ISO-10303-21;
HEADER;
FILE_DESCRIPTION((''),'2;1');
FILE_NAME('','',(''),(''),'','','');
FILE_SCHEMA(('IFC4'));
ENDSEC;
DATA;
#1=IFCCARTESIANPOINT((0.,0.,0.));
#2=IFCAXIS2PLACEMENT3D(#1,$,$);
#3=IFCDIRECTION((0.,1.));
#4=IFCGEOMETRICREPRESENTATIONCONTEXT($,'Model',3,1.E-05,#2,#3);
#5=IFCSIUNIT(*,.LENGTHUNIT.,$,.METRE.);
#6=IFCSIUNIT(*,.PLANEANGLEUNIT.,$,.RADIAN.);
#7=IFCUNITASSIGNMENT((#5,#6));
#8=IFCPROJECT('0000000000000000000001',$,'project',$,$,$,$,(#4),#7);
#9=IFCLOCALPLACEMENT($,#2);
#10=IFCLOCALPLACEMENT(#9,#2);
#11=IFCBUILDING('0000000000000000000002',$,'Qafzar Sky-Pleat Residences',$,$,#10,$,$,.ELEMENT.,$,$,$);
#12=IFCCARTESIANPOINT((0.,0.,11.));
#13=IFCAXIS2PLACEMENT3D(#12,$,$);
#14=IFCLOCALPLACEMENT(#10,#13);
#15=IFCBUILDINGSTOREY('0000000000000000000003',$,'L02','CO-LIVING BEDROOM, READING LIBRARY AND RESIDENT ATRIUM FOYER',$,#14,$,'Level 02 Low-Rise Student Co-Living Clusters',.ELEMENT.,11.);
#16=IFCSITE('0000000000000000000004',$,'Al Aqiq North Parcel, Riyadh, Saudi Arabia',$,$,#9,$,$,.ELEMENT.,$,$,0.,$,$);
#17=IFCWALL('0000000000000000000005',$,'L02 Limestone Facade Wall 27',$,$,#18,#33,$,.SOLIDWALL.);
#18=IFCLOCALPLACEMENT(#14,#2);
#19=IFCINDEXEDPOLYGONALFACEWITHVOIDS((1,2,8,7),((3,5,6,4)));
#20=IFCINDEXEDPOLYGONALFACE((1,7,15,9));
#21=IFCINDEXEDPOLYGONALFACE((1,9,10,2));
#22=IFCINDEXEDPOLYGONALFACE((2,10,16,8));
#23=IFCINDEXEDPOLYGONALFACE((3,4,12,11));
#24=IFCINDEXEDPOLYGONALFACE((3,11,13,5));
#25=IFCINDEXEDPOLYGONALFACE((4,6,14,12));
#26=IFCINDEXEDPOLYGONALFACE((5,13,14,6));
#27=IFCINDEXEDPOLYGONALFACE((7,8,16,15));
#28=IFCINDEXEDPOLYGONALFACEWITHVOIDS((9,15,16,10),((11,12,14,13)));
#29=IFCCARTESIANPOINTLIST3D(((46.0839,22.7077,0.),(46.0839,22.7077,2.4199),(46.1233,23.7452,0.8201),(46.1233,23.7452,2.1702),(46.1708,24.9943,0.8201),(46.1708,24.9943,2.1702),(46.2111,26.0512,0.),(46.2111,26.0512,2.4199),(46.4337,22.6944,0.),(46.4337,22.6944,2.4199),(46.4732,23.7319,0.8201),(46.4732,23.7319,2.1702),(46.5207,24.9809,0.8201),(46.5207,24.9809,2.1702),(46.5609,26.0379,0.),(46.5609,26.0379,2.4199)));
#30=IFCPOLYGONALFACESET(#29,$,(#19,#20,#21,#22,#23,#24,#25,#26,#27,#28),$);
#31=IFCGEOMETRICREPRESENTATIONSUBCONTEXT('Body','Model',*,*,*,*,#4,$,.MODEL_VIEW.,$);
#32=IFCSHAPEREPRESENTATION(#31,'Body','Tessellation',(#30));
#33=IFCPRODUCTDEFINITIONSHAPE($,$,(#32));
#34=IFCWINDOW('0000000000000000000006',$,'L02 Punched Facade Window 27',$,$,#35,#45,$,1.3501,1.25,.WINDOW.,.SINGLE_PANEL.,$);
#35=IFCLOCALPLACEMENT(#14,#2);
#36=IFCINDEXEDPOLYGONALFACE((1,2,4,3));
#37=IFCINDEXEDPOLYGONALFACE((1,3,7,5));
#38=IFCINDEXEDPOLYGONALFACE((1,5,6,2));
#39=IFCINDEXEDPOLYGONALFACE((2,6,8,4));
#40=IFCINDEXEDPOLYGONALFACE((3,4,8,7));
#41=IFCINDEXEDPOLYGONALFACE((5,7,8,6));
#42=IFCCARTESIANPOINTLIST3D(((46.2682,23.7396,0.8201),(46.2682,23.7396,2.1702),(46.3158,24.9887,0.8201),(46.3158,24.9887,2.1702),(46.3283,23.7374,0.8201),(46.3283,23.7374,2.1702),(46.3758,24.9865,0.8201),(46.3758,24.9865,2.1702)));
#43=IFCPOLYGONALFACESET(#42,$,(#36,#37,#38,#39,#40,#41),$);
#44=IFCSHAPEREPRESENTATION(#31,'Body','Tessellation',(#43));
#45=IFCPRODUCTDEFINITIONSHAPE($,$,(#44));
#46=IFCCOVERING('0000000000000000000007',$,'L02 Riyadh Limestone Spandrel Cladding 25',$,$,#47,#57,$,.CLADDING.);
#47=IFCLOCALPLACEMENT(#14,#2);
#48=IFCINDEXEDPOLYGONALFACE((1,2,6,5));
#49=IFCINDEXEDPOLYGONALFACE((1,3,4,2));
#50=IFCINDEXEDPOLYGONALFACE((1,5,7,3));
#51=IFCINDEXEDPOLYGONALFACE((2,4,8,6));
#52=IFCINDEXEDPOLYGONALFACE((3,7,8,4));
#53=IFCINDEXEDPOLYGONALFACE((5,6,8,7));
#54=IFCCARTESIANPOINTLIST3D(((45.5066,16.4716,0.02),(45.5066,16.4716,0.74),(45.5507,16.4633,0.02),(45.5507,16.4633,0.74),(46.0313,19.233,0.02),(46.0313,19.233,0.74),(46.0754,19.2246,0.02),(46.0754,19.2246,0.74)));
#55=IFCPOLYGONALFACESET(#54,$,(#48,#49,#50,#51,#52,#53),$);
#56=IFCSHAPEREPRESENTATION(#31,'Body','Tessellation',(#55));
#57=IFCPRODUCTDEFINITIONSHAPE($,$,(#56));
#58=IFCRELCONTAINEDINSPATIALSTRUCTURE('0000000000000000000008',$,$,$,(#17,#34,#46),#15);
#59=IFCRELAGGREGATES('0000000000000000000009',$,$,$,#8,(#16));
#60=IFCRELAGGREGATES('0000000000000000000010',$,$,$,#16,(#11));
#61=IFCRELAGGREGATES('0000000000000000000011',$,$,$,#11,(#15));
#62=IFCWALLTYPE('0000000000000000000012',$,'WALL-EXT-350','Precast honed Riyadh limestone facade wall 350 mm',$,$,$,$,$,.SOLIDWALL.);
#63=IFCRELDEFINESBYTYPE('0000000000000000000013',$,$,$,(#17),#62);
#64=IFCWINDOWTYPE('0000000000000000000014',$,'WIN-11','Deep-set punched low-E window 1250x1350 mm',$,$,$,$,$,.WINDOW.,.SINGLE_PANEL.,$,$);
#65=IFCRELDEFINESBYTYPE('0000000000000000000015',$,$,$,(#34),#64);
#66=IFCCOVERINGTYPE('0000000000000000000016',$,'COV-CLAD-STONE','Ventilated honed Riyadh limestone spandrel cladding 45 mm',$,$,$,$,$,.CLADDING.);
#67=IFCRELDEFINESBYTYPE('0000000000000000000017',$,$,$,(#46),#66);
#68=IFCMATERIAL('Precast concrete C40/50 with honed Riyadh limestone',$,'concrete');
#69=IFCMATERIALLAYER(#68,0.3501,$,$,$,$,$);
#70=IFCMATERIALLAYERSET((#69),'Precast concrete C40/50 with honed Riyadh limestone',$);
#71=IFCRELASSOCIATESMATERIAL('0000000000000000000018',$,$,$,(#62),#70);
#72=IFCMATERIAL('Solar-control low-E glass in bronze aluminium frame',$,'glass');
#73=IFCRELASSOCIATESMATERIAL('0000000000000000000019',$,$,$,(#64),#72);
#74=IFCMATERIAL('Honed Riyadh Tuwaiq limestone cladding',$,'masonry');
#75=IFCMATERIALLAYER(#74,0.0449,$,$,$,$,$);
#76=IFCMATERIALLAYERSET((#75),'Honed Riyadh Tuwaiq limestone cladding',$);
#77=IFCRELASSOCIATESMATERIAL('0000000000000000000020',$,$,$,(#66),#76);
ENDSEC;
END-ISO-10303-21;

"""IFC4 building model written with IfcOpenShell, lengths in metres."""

from ifc_helpers import new_model, si_unit, direction, frame, frame_2d, origin, origin_2d, place, context, subcontext, project, spatial, rectangle, extrude, source, transform, mapped, material, layer, layer_set, type_object, element, fill, save


model = new_model("IFC4")

# Units and contexts
model_context = context("Model", 3, precision=1e-05, world=origin(), true_north=direction((0.0, 1.0)))
body_context = subcontext(model_context, "Body", "Model", "MODEL_VIEW")
ifc_project = project(units=[si_unit("LENGTHUNIT", "METRE"), si_unit("PLANEANGLEUNIT", "RADIAN")], contexts=[model_context])

# Site, building, storey
site_placement = place(None, origin())
site = spatial("IfcSite", under=ifc_project, at=site_placement, Name="Al Aqiq North Parcel, Riyadh, Saudi Arabia", CompositionType="ELEMENT", RefElevation=0.0)
building_placement = place(site_placement, origin())
building = spatial("IfcBuilding", under=site, at=building_placement, Name="Qafzar Sky-Pleat Residences", CompositionType="ELEMENT")
storey_placement = place(building_placement, frame((0.0, 0.0, 11.0)))
storey = spatial("IfcBuildingStorey", under=building, at=storey_placement, Name="L02", Description="CO-LIVING BEDROOM, READING LIBRARY AND RESIDENT ATRIUM FOYER", LongName="Level 02 Low-Rise Student Co-Living Clusters", CompositionType="ELEMENT", Elevation=11.0)

# Shared definitions
ifc_material_1 = material(Name="Precast concrete C40/50 with honed Riyadh limestone", Category="concrete")
ifc_layer_1 = layer(ifc_material_1, 0.3501)
ifc_layer_set_1 = layer_set([ifc_layer_1], Name="Precast concrete C40/50 with honed Riyadh limestone")
wall_type_1 = type_object("IfcWallType", Name="WALL-EXT-350", Description="Precast honed Riyadh limestone facade wall 350 mm", PredefinedType="SOLIDWALL", material=ifc_layer_set_1)
ifc_material_2 = material(Name="Solar-control low-E glass in bronze aluminium frame", Category="glass")

# Wall, opening, window
wall_1_placement = place(storey_placement, frame((46.2588, 22.7012, 0.0), z_axis=(0.0, 0.0, 1.0), x_axis=(0.038016, 0.999277, 0.0)))
wall_1 = element("IfcWall", 1, at=wall_1_placement, inside=storey, type_object=wall_type_1, Name="L02 Limestone Facade Wall 27", PredefinedType="SOLIDWALL", context=body_context, shape_type="SweptSolid", body=[
    extrude(rectangle(XDim=3.3459, YDim=0.3501, at=frame_2d((1.6729, 0.0))), origin(), (0.0, 0.0, 1.0), 2.4199),
])
opening_1_placement = place(wall_1_placement, frame((1.0381, 0.0, 0.8201)))
opening_1 = element("IfcOpeningElement", 2, at=opening_1_placement, cuts=wall_1, PredefinedType="OPENING", context=body_context, shape_type="SweptSolid", body=[
    extrude(rectangle(XDim=1.25, YDim=1.3501, at=frame_2d((0.625, 0.675))), frame((0.0, 0.1851, 0.0), z_axis=(0.0, -1.0, 0.0), x_axis=(1.0, 0.0, 0.0)), (0.0, 0.0, 1.0), 0.3701),
])
window_type_1 = type_object("IfcWindowType", Name="WIN-11", Description="Deep-set punched low-E window 1250x1350 mm", PartitioningType="SINGLE_PANEL", PredefinedType="WINDOW", material=ifc_material_2)
shared_shape_1 = source(origin(), body_context, "Body", "SweptSolid", [
    extrude(rectangle(XDim=1.25, YDim=1.3501, at=frame_2d((0.625, 0.675))), frame((0.0, 0.03, 0.0), z_axis=(0.0, -1.0, 0.0), x_axis=(1.0, 0.0, 0.0)), (0.0, 0.0, 1.0), 0.0601),
])
window_1_placement = place(opening_1_placement, origin())
window_1 = element("IfcWindow", 3, at=window_1_placement, inside=storey, type_object=window_type_1, Name="L02 Punched Facade Window 27", OverallHeight=1.3501, OverallWidth=1.25, PartitioningType="SINGLE_PANEL", PredefinedType="WINDOW", context=body_context, shape_type="MappedRepresentation", body=[
    mapped(shared_shape_1, transform((0.0, 0.0, 0.0), x_axis=(1.0, 0.0, 0.0), y_axis=(0.0, 1.0, 0.0), z_axis=(0.0, 0.0, 1.0), scale=1.0)),
])
fill(opening_1, window_1)

# Covering
ifc_material_3 = material(Name="Honed Riyadh Tuwaiq limestone cladding", Category="masonry")
ifc_layer_2 = layer(ifc_material_3, 0.0449)
ifc_layer_set_2 = layer_set([ifc_layer_2], Name="Honed Riyadh Tuwaiq limestone cladding")
covering_type = type_object("IfcCoveringType", Name="COV-CLAD-STONE", Description="Ventilated honed Riyadh limestone spandrel cladding 45 mm", PredefinedType="CLADDING", material=ifc_layer_set_2)
shared_shape_2 = source(origin(), body_context, "Body", "SweptSolid", [
    extrude(rectangle(XDim=2.8108, YDim=0.0449, at=origin_2d()), origin(), (0.0, 0.0, 1.0), 0.72),
])
covering_placement = place(storey_placement, frame((45.791, 17.8481, 0.02), z_axis=(0.0, 0.0, 1.0), x_axis=(0.186679, 0.982421, 0.0)))
element("IfcCovering", 4, at=covering_placement, inside=storey, type_object=covering_type, Name="L02 Riyadh Limestone Spandrel Cladding 25", PredefinedType="CLADDING", context=body_context, shape_type="MappedRepresentation", body=[
    mapped(shared_shape_2, transform((0.0, 0.0, 0.0), x_axis=(1.0, 0.0, 0.0), y_axis=(0.0, 1.0, 0.0), z_axis=(0.0, 0.0, 1.0), scale=1.0)),
])

save(model, "model.ifc")
